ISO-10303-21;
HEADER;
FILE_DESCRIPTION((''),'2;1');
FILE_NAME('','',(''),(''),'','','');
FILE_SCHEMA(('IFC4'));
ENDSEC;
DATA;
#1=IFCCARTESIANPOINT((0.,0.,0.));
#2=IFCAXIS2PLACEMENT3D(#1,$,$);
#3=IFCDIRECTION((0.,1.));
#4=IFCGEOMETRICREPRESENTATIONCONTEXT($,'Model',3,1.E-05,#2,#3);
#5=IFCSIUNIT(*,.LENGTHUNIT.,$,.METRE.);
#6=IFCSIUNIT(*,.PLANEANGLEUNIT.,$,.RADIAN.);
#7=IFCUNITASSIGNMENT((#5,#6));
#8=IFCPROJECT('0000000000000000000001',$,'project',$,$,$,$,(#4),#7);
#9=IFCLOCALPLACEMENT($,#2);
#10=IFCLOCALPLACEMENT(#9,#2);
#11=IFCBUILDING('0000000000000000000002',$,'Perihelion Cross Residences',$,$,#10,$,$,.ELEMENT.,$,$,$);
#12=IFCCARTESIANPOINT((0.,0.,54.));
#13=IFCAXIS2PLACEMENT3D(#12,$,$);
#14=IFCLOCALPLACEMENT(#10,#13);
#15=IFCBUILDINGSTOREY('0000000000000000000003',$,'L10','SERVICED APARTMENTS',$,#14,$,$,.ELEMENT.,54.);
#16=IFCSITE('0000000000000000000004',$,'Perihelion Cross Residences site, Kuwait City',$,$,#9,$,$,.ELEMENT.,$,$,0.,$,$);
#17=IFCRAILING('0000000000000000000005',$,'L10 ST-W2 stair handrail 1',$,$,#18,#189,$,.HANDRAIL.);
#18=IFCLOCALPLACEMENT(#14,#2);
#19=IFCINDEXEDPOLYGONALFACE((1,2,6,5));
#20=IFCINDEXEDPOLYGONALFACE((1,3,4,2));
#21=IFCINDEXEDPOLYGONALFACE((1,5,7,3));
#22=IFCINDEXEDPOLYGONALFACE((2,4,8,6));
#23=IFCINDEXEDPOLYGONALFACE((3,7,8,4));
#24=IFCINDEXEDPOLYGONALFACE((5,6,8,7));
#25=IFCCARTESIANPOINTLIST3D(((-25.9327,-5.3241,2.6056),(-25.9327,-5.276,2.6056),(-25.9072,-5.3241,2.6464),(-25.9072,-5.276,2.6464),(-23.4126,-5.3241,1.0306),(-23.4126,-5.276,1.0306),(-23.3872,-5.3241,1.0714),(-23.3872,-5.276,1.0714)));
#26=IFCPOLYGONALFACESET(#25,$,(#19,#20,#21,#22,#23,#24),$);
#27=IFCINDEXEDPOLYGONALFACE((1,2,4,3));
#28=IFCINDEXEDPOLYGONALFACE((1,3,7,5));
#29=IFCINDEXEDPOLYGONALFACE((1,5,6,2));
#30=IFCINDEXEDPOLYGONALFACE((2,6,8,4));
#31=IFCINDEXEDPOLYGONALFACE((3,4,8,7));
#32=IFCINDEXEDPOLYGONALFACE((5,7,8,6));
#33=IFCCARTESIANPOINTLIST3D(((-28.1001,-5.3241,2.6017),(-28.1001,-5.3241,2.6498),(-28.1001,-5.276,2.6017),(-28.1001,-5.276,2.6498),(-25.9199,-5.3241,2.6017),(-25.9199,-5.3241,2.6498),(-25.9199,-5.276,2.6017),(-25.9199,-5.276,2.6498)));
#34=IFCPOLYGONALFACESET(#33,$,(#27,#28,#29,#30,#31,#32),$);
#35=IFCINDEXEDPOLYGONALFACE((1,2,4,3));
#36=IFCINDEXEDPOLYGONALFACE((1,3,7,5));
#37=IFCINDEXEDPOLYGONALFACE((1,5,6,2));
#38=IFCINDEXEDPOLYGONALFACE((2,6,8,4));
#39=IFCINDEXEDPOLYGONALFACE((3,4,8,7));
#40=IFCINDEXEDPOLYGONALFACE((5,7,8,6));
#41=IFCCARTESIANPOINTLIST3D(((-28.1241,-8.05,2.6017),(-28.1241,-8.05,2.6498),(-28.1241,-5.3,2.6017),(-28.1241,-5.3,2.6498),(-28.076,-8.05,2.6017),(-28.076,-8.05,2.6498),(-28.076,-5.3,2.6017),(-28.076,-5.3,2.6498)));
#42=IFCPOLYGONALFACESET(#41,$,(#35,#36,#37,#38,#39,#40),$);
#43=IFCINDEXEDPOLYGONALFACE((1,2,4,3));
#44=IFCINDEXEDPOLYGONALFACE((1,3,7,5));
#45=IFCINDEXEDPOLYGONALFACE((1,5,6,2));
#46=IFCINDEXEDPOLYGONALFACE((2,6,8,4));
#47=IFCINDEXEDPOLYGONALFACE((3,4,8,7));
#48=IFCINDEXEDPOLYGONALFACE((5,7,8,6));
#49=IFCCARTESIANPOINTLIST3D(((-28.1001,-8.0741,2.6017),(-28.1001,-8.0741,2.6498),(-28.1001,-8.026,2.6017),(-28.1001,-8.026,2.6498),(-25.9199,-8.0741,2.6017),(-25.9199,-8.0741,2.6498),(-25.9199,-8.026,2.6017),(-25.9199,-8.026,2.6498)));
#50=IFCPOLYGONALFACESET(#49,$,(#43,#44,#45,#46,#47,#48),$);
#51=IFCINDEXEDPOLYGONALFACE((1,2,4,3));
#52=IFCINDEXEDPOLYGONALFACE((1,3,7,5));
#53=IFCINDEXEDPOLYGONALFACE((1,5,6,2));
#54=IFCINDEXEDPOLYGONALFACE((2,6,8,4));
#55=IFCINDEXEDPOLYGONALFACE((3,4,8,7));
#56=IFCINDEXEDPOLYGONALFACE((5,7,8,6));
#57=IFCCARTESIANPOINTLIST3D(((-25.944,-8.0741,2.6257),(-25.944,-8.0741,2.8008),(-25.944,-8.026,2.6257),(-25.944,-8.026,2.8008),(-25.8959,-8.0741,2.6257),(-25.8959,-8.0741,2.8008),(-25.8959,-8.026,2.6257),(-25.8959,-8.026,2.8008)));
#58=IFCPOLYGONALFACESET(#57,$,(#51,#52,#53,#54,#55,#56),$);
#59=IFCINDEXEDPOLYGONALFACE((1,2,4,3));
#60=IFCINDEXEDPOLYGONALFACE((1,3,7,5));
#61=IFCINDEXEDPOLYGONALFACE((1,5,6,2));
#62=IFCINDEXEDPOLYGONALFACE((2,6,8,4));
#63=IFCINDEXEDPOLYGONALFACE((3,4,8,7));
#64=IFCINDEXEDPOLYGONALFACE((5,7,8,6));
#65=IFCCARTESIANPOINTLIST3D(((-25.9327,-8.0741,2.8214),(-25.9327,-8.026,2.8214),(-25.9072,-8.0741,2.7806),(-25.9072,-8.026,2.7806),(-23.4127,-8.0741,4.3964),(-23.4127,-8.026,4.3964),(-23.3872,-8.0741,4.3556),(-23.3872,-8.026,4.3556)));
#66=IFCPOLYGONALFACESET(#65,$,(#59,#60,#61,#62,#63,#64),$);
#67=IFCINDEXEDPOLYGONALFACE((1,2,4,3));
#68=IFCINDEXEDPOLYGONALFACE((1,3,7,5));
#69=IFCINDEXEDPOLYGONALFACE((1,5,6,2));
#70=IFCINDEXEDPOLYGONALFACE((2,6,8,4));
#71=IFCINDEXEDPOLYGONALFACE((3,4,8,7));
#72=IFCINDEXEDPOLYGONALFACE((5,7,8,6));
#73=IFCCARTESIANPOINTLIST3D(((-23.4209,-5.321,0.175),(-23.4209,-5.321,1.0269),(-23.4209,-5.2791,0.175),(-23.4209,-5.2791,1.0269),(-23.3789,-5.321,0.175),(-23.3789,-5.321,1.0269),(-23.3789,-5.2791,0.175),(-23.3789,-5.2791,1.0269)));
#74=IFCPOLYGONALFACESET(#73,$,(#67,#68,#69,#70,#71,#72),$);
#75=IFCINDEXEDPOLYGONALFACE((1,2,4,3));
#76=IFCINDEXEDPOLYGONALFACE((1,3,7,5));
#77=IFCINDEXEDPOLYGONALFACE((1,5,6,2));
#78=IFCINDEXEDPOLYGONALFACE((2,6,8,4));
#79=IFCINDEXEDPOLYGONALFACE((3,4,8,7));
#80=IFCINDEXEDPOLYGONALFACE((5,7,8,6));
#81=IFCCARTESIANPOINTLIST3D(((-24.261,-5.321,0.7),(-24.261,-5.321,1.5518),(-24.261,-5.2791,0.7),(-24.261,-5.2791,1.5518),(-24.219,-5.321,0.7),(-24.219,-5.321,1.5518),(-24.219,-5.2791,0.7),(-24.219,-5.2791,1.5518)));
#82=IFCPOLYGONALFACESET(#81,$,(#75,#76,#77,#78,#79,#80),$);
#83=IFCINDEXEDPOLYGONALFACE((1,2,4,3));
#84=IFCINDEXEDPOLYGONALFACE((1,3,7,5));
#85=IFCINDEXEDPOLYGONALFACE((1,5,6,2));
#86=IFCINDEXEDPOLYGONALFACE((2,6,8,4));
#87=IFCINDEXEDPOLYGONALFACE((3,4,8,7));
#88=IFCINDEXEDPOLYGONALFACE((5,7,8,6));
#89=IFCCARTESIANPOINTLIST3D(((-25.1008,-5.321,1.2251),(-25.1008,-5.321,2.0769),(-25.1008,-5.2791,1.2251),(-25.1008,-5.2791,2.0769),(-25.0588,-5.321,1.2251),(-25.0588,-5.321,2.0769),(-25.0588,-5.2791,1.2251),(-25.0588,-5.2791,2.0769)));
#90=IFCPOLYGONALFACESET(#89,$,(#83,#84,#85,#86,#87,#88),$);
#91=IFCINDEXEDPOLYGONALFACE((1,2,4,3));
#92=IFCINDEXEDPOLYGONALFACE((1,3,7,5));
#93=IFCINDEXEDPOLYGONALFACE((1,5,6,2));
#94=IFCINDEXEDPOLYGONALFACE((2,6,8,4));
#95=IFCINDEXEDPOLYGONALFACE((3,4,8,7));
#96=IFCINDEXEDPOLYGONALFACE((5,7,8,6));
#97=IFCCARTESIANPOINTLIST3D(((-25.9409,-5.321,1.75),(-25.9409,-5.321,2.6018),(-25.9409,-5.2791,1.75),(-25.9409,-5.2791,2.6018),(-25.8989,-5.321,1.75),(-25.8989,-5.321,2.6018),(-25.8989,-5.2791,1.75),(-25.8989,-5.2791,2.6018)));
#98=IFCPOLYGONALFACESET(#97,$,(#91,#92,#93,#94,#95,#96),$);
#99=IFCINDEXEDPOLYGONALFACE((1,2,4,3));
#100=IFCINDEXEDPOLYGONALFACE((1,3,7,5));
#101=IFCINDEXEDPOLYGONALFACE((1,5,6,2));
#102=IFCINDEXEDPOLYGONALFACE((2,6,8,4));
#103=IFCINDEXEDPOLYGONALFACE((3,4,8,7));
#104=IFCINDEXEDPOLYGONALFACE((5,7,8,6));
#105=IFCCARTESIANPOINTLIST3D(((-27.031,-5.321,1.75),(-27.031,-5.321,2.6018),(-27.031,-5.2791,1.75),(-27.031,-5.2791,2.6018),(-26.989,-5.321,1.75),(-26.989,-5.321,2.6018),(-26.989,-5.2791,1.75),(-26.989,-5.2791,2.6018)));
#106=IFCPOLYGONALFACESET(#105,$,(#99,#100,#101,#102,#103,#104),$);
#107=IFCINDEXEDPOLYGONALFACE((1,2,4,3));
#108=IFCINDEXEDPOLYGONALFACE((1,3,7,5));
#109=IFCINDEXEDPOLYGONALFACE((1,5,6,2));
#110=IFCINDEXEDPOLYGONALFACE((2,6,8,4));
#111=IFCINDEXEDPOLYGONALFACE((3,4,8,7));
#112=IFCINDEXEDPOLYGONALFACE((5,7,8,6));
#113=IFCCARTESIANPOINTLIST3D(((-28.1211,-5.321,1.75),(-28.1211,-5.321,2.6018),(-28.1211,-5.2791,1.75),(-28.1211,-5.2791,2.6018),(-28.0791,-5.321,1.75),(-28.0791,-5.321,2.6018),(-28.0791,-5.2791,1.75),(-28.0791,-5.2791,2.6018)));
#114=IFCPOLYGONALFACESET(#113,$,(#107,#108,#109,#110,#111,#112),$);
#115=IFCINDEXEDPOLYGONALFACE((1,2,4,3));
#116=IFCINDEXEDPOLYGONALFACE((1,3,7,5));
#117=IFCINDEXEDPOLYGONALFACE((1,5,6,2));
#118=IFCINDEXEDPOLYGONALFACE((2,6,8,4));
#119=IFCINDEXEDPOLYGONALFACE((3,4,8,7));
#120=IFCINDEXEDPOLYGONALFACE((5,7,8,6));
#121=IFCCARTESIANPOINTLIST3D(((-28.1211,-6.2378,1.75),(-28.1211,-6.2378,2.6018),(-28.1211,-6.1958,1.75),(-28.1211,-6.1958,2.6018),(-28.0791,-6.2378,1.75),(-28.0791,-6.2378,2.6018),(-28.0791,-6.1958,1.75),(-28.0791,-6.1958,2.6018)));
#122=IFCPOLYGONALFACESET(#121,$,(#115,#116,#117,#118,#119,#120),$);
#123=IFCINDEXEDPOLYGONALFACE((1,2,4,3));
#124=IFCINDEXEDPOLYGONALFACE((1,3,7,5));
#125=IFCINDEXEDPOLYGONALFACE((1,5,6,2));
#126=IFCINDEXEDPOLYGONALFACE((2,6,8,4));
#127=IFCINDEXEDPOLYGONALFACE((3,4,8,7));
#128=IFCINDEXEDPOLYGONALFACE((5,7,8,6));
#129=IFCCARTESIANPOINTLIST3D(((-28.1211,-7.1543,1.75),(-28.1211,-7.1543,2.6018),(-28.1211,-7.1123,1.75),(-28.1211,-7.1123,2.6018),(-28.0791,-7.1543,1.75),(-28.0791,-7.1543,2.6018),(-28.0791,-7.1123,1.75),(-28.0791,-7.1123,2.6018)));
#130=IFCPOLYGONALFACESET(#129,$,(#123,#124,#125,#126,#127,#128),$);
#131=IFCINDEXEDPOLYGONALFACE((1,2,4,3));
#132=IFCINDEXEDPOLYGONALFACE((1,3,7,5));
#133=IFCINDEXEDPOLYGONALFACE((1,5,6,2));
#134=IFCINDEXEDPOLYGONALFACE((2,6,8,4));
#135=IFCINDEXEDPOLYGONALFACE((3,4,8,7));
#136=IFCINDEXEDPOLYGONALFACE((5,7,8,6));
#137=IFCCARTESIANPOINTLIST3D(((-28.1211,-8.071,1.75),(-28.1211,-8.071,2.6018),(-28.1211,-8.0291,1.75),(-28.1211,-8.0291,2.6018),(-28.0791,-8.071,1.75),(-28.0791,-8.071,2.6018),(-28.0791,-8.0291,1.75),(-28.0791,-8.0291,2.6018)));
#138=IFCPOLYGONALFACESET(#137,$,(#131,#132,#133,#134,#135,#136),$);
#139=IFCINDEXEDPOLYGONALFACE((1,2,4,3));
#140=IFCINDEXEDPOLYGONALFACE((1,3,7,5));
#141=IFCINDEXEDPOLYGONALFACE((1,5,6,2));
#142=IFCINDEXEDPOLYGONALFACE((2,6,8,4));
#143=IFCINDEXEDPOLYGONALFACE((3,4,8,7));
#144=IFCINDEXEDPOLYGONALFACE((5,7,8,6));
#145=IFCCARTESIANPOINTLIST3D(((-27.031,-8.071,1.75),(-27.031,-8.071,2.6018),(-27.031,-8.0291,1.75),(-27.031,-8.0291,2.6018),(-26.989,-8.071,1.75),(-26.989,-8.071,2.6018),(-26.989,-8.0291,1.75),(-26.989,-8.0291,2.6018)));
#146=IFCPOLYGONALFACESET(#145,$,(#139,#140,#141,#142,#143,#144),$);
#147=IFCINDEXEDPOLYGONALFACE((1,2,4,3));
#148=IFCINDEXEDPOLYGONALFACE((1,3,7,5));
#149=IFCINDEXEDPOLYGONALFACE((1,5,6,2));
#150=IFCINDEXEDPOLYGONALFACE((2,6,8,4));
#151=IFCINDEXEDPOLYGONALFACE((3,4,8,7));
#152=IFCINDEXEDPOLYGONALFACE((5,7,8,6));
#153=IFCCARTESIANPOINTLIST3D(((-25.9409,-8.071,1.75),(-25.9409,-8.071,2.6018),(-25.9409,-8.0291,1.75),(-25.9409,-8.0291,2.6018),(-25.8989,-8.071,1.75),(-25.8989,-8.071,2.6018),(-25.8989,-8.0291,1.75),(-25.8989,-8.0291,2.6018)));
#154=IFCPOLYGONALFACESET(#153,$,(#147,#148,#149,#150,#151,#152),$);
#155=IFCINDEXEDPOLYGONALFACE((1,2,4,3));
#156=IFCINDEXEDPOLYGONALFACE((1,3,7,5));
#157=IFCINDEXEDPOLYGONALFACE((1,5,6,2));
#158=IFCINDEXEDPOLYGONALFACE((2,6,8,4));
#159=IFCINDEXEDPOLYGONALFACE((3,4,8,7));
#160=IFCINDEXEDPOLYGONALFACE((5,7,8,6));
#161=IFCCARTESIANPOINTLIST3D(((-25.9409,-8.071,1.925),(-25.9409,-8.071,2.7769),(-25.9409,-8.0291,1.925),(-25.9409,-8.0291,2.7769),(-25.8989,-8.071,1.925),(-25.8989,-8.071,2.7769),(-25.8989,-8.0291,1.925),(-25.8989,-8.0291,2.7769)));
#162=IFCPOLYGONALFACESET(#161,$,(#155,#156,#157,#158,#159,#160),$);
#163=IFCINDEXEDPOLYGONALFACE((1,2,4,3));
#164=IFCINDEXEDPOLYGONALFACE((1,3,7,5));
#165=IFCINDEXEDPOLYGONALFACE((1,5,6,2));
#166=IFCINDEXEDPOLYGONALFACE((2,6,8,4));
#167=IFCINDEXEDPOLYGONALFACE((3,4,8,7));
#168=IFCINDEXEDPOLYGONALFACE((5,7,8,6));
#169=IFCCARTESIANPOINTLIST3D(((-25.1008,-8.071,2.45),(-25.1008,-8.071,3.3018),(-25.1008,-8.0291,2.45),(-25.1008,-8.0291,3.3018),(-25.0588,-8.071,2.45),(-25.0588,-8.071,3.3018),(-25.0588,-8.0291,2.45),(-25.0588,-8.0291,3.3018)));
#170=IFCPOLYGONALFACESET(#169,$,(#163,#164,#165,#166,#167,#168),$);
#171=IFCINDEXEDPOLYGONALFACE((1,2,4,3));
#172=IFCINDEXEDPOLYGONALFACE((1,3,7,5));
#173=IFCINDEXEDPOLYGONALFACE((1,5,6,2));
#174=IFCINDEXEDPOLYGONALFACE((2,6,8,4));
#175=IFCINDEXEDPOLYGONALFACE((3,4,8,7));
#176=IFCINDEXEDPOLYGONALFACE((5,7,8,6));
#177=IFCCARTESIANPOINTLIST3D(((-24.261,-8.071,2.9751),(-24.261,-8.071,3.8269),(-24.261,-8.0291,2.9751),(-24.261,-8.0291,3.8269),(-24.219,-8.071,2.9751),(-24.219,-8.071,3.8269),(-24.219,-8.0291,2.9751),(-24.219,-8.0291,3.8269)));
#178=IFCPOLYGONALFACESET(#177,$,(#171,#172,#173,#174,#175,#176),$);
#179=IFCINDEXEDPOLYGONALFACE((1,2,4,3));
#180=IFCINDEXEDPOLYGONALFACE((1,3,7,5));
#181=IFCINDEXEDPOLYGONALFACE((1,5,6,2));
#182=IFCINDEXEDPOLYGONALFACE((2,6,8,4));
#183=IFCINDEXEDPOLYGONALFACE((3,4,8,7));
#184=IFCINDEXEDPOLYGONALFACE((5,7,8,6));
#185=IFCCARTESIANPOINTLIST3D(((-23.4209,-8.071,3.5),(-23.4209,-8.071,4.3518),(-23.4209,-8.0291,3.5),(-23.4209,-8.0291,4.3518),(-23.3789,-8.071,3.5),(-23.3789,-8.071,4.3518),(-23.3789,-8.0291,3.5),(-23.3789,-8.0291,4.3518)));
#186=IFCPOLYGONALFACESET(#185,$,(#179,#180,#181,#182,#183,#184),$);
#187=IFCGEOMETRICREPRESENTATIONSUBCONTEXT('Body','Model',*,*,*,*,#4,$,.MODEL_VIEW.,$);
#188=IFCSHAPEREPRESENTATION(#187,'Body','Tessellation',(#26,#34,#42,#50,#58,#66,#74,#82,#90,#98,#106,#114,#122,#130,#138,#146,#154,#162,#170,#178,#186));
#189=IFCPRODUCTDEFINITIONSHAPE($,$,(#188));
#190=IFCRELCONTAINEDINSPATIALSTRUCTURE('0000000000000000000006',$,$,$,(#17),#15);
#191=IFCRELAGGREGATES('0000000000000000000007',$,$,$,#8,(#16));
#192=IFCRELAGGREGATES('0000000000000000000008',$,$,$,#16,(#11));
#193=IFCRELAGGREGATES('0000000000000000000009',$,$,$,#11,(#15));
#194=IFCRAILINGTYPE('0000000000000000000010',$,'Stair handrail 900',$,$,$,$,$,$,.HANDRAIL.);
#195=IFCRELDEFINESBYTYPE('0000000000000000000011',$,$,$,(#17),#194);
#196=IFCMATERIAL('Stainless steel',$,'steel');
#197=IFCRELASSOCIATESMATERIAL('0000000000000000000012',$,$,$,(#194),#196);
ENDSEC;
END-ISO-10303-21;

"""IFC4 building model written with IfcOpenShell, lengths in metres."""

from ifc_helpers import new_model, si_unit, direction, frame, origin, origin_2d, place, context, subcontext, project, spatial, rectangle, extrude, material, type_object, element, save


model = new_model("IFC4")

# Units and contexts
model_context = context("Model", 3, precision=1e-05, world=origin(), true_north=direction((0.0, 1.0)))
body_context = subcontext(model_context, "Body", "Model", "MODEL_VIEW")
ifc_project = project(units=[si_unit("LENGTHUNIT", "METRE"), si_unit("PLANEANGLEUNIT", "RADIAN")], contexts=[model_context])

# Site, building, storey
site_placement = place(None, origin())
site = spatial("IfcSite", under=ifc_project, at=site_placement, Name="Perihelion Cross Residences site, Kuwait City", CompositionType="ELEMENT", RefElevation=0.0)
building_placement = place(site_placement, origin())
building = spatial("IfcBuilding", under=site, at=building_placement, Name="Perihelion Cross Residences", CompositionType="ELEMENT")
storey_placement = place(building_placement, frame((0.0, 0.0, 54.0)))
storey = spatial("IfcBuildingStorey", under=building, at=storey_placement, Name="L10", Description="SERVICED APARTMENTS", CompositionType="ELEMENT", Elevation=54.0)

# Railing
ifc_material_1 = material(Name="Stainless steel", Category="steel")
railing_type_1 = type_object("IfcRailingType", Name="Stair handrail 900", PredefinedType="HANDRAIL", material=ifc_material_1)
railing_1_placement = place(storey_placement, frame((-23.3999, -5.3, 0.175)))
element("IfcRailing", 1, at=railing_1_placement, inside=storey, type_object=railing_type_1, Name="L10 ST-W2 stair handrail 1", PredefinedType="HANDRAIL", context=body_context, shape_type="SweptSolid", body=[
    extrude(rectangle(XDim=0.0481, YDim=0.0481, at=origin_2d()), frame((0.0, 0.0, 0.876), z_axis=(-0.848008, 0.0, 0.529984), x_axis=(0.0, -1.0, 0.0)), (0.0, 0.0, 1.0), 2.9717),
    extrude(rectangle(XDim=0.0481, YDim=0.0481, at=origin_2d()), frame((-2.52, 0.0, 2.4507), z_axis=(-1.0, 0.0, 0.0), x_axis=(0.0, -1.0, 0.0)), (0.0, 0.0, 1.0), 2.1802),
    extrude(rectangle(XDim=0.0481, YDim=0.0481, at=origin_2d()), frame((-4.7002, 0.0, 2.4507), z_axis=(0.0, -1.0, 0.0), x_axis=(1.0, 0.0, 0.0)), (0.0, 0.0, 1.0), 2.75),
    extrude(rectangle(XDim=0.0481, YDim=0.0481, at=origin_2d()), frame((-4.7002, -2.75, 2.4507), z_axis=(1.0, 0.0, 0.0), x_axis=(0.0, 1.0, 0.0)), (0.0, 0.0, 1.0), 2.1802),
    extrude(rectangle(XDim=0.0481, YDim=0.0481, at=origin_2d()), frame((-2.52, -2.75, 2.4507), z_axis=(0.0, 0.0, 1.0), x_axis=(1.0, 0.0, 0.0)), (0.0, 0.0, 1.0), 0.175),
    extrude(rectangle(XDim=0.0481, YDim=0.0481, at=origin_2d()), frame((-2.52, -2.75, 2.626), z_axis=(0.848008, 0.0, 0.529984), x_axis=(0.0, 1.0, 0.0)), (0.0, 0.0, 1.0), 2.9717),
    extrude(rectangle(XDim=0.042, YDim=0.042, at=origin_2d()), origin(), (0.0, 0.0, 1.0), 0.8518),
    extrude(rectangle(XDim=0.042, YDim=0.042, at=origin_2d()), frame((-0.8401, 0.0, 0.5249)), (0.0, 0.0, 1.0), 0.8518),
    extrude(rectangle(XDim=0.042, YDim=0.042, at=origin_2d()), frame((-1.6799, 0.0, 1.05)), (0.0, 0.0, 1.0), 0.8518),
    extrude(rectangle(XDim=0.042, YDim=0.042, at=origin_2d()), frame((-2.52, 0.0, 1.575)), (0.0, 0.0, 1.0), 0.8518),
    extrude(rectangle(XDim=0.042, YDim=0.042, at=origin_2d()), frame((-3.6101, 0.0, 1.575)), (0.0, 0.0, 1.0), 0.8518),
    extrude(rectangle(XDim=0.042, YDim=0.042, at=origin_2d()), frame((-4.7002, 0.0, 1.575)), (0.0, 0.0, 1.0), 0.8518),
    extrude(rectangle(XDim=0.042, YDim=0.042, at=origin_2d()), frame((-4.7002, -0.9167, 1.575)), (0.0, 0.0, 1.0), 0.8518),
    extrude(rectangle(XDim=0.042, YDim=0.042, at=origin_2d()), frame((-4.7002, -1.8333, 1.575)), (0.0, 0.0, 1.0), 0.8518),
    extrude(rectangle(XDim=0.042, YDim=0.042, at=origin_2d()), frame((-4.7002, -2.75, 1.575)), (0.0, 0.0, 1.0), 0.8518),
    extrude(rectangle(XDim=0.042, YDim=0.042, at=origin_2d()), frame((-3.6101, -2.75, 1.575)), (0.0, 0.0, 1.0), 0.8518),
    extrude(rectangle(XDim=0.042, YDim=0.042, at=origin_2d()), frame((-2.52, -2.75, 1.575)), (0.0, 0.0, 1.0), 0.8518),
    extrude(rectangle(XDim=0.042, YDim=0.042, at=origin_2d()), frame((-2.52, -2.75, 1.75)), (0.0, 0.0, 1.0), 0.8518),
    extrude(rectangle(XDim=0.042, YDim=0.042, at=origin_2d()), frame((-1.6799, -2.75, 2.2749)), (0.0, 0.0, 1.0), 0.8518),
    extrude(rectangle(XDim=0.042, YDim=0.042, at=origin_2d()), frame((-0.8401, -2.75, 2.8)), (0.0, 0.0, 1.0), 0.8518),
    extrude(rectangle(XDim=0.042, YDim=0.042, at=origin_2d()), frame((0.0, -2.75, 3.325)), (0.0, 0.0, 1.0), 0.8518),
])

save(model, "model.ifc")
